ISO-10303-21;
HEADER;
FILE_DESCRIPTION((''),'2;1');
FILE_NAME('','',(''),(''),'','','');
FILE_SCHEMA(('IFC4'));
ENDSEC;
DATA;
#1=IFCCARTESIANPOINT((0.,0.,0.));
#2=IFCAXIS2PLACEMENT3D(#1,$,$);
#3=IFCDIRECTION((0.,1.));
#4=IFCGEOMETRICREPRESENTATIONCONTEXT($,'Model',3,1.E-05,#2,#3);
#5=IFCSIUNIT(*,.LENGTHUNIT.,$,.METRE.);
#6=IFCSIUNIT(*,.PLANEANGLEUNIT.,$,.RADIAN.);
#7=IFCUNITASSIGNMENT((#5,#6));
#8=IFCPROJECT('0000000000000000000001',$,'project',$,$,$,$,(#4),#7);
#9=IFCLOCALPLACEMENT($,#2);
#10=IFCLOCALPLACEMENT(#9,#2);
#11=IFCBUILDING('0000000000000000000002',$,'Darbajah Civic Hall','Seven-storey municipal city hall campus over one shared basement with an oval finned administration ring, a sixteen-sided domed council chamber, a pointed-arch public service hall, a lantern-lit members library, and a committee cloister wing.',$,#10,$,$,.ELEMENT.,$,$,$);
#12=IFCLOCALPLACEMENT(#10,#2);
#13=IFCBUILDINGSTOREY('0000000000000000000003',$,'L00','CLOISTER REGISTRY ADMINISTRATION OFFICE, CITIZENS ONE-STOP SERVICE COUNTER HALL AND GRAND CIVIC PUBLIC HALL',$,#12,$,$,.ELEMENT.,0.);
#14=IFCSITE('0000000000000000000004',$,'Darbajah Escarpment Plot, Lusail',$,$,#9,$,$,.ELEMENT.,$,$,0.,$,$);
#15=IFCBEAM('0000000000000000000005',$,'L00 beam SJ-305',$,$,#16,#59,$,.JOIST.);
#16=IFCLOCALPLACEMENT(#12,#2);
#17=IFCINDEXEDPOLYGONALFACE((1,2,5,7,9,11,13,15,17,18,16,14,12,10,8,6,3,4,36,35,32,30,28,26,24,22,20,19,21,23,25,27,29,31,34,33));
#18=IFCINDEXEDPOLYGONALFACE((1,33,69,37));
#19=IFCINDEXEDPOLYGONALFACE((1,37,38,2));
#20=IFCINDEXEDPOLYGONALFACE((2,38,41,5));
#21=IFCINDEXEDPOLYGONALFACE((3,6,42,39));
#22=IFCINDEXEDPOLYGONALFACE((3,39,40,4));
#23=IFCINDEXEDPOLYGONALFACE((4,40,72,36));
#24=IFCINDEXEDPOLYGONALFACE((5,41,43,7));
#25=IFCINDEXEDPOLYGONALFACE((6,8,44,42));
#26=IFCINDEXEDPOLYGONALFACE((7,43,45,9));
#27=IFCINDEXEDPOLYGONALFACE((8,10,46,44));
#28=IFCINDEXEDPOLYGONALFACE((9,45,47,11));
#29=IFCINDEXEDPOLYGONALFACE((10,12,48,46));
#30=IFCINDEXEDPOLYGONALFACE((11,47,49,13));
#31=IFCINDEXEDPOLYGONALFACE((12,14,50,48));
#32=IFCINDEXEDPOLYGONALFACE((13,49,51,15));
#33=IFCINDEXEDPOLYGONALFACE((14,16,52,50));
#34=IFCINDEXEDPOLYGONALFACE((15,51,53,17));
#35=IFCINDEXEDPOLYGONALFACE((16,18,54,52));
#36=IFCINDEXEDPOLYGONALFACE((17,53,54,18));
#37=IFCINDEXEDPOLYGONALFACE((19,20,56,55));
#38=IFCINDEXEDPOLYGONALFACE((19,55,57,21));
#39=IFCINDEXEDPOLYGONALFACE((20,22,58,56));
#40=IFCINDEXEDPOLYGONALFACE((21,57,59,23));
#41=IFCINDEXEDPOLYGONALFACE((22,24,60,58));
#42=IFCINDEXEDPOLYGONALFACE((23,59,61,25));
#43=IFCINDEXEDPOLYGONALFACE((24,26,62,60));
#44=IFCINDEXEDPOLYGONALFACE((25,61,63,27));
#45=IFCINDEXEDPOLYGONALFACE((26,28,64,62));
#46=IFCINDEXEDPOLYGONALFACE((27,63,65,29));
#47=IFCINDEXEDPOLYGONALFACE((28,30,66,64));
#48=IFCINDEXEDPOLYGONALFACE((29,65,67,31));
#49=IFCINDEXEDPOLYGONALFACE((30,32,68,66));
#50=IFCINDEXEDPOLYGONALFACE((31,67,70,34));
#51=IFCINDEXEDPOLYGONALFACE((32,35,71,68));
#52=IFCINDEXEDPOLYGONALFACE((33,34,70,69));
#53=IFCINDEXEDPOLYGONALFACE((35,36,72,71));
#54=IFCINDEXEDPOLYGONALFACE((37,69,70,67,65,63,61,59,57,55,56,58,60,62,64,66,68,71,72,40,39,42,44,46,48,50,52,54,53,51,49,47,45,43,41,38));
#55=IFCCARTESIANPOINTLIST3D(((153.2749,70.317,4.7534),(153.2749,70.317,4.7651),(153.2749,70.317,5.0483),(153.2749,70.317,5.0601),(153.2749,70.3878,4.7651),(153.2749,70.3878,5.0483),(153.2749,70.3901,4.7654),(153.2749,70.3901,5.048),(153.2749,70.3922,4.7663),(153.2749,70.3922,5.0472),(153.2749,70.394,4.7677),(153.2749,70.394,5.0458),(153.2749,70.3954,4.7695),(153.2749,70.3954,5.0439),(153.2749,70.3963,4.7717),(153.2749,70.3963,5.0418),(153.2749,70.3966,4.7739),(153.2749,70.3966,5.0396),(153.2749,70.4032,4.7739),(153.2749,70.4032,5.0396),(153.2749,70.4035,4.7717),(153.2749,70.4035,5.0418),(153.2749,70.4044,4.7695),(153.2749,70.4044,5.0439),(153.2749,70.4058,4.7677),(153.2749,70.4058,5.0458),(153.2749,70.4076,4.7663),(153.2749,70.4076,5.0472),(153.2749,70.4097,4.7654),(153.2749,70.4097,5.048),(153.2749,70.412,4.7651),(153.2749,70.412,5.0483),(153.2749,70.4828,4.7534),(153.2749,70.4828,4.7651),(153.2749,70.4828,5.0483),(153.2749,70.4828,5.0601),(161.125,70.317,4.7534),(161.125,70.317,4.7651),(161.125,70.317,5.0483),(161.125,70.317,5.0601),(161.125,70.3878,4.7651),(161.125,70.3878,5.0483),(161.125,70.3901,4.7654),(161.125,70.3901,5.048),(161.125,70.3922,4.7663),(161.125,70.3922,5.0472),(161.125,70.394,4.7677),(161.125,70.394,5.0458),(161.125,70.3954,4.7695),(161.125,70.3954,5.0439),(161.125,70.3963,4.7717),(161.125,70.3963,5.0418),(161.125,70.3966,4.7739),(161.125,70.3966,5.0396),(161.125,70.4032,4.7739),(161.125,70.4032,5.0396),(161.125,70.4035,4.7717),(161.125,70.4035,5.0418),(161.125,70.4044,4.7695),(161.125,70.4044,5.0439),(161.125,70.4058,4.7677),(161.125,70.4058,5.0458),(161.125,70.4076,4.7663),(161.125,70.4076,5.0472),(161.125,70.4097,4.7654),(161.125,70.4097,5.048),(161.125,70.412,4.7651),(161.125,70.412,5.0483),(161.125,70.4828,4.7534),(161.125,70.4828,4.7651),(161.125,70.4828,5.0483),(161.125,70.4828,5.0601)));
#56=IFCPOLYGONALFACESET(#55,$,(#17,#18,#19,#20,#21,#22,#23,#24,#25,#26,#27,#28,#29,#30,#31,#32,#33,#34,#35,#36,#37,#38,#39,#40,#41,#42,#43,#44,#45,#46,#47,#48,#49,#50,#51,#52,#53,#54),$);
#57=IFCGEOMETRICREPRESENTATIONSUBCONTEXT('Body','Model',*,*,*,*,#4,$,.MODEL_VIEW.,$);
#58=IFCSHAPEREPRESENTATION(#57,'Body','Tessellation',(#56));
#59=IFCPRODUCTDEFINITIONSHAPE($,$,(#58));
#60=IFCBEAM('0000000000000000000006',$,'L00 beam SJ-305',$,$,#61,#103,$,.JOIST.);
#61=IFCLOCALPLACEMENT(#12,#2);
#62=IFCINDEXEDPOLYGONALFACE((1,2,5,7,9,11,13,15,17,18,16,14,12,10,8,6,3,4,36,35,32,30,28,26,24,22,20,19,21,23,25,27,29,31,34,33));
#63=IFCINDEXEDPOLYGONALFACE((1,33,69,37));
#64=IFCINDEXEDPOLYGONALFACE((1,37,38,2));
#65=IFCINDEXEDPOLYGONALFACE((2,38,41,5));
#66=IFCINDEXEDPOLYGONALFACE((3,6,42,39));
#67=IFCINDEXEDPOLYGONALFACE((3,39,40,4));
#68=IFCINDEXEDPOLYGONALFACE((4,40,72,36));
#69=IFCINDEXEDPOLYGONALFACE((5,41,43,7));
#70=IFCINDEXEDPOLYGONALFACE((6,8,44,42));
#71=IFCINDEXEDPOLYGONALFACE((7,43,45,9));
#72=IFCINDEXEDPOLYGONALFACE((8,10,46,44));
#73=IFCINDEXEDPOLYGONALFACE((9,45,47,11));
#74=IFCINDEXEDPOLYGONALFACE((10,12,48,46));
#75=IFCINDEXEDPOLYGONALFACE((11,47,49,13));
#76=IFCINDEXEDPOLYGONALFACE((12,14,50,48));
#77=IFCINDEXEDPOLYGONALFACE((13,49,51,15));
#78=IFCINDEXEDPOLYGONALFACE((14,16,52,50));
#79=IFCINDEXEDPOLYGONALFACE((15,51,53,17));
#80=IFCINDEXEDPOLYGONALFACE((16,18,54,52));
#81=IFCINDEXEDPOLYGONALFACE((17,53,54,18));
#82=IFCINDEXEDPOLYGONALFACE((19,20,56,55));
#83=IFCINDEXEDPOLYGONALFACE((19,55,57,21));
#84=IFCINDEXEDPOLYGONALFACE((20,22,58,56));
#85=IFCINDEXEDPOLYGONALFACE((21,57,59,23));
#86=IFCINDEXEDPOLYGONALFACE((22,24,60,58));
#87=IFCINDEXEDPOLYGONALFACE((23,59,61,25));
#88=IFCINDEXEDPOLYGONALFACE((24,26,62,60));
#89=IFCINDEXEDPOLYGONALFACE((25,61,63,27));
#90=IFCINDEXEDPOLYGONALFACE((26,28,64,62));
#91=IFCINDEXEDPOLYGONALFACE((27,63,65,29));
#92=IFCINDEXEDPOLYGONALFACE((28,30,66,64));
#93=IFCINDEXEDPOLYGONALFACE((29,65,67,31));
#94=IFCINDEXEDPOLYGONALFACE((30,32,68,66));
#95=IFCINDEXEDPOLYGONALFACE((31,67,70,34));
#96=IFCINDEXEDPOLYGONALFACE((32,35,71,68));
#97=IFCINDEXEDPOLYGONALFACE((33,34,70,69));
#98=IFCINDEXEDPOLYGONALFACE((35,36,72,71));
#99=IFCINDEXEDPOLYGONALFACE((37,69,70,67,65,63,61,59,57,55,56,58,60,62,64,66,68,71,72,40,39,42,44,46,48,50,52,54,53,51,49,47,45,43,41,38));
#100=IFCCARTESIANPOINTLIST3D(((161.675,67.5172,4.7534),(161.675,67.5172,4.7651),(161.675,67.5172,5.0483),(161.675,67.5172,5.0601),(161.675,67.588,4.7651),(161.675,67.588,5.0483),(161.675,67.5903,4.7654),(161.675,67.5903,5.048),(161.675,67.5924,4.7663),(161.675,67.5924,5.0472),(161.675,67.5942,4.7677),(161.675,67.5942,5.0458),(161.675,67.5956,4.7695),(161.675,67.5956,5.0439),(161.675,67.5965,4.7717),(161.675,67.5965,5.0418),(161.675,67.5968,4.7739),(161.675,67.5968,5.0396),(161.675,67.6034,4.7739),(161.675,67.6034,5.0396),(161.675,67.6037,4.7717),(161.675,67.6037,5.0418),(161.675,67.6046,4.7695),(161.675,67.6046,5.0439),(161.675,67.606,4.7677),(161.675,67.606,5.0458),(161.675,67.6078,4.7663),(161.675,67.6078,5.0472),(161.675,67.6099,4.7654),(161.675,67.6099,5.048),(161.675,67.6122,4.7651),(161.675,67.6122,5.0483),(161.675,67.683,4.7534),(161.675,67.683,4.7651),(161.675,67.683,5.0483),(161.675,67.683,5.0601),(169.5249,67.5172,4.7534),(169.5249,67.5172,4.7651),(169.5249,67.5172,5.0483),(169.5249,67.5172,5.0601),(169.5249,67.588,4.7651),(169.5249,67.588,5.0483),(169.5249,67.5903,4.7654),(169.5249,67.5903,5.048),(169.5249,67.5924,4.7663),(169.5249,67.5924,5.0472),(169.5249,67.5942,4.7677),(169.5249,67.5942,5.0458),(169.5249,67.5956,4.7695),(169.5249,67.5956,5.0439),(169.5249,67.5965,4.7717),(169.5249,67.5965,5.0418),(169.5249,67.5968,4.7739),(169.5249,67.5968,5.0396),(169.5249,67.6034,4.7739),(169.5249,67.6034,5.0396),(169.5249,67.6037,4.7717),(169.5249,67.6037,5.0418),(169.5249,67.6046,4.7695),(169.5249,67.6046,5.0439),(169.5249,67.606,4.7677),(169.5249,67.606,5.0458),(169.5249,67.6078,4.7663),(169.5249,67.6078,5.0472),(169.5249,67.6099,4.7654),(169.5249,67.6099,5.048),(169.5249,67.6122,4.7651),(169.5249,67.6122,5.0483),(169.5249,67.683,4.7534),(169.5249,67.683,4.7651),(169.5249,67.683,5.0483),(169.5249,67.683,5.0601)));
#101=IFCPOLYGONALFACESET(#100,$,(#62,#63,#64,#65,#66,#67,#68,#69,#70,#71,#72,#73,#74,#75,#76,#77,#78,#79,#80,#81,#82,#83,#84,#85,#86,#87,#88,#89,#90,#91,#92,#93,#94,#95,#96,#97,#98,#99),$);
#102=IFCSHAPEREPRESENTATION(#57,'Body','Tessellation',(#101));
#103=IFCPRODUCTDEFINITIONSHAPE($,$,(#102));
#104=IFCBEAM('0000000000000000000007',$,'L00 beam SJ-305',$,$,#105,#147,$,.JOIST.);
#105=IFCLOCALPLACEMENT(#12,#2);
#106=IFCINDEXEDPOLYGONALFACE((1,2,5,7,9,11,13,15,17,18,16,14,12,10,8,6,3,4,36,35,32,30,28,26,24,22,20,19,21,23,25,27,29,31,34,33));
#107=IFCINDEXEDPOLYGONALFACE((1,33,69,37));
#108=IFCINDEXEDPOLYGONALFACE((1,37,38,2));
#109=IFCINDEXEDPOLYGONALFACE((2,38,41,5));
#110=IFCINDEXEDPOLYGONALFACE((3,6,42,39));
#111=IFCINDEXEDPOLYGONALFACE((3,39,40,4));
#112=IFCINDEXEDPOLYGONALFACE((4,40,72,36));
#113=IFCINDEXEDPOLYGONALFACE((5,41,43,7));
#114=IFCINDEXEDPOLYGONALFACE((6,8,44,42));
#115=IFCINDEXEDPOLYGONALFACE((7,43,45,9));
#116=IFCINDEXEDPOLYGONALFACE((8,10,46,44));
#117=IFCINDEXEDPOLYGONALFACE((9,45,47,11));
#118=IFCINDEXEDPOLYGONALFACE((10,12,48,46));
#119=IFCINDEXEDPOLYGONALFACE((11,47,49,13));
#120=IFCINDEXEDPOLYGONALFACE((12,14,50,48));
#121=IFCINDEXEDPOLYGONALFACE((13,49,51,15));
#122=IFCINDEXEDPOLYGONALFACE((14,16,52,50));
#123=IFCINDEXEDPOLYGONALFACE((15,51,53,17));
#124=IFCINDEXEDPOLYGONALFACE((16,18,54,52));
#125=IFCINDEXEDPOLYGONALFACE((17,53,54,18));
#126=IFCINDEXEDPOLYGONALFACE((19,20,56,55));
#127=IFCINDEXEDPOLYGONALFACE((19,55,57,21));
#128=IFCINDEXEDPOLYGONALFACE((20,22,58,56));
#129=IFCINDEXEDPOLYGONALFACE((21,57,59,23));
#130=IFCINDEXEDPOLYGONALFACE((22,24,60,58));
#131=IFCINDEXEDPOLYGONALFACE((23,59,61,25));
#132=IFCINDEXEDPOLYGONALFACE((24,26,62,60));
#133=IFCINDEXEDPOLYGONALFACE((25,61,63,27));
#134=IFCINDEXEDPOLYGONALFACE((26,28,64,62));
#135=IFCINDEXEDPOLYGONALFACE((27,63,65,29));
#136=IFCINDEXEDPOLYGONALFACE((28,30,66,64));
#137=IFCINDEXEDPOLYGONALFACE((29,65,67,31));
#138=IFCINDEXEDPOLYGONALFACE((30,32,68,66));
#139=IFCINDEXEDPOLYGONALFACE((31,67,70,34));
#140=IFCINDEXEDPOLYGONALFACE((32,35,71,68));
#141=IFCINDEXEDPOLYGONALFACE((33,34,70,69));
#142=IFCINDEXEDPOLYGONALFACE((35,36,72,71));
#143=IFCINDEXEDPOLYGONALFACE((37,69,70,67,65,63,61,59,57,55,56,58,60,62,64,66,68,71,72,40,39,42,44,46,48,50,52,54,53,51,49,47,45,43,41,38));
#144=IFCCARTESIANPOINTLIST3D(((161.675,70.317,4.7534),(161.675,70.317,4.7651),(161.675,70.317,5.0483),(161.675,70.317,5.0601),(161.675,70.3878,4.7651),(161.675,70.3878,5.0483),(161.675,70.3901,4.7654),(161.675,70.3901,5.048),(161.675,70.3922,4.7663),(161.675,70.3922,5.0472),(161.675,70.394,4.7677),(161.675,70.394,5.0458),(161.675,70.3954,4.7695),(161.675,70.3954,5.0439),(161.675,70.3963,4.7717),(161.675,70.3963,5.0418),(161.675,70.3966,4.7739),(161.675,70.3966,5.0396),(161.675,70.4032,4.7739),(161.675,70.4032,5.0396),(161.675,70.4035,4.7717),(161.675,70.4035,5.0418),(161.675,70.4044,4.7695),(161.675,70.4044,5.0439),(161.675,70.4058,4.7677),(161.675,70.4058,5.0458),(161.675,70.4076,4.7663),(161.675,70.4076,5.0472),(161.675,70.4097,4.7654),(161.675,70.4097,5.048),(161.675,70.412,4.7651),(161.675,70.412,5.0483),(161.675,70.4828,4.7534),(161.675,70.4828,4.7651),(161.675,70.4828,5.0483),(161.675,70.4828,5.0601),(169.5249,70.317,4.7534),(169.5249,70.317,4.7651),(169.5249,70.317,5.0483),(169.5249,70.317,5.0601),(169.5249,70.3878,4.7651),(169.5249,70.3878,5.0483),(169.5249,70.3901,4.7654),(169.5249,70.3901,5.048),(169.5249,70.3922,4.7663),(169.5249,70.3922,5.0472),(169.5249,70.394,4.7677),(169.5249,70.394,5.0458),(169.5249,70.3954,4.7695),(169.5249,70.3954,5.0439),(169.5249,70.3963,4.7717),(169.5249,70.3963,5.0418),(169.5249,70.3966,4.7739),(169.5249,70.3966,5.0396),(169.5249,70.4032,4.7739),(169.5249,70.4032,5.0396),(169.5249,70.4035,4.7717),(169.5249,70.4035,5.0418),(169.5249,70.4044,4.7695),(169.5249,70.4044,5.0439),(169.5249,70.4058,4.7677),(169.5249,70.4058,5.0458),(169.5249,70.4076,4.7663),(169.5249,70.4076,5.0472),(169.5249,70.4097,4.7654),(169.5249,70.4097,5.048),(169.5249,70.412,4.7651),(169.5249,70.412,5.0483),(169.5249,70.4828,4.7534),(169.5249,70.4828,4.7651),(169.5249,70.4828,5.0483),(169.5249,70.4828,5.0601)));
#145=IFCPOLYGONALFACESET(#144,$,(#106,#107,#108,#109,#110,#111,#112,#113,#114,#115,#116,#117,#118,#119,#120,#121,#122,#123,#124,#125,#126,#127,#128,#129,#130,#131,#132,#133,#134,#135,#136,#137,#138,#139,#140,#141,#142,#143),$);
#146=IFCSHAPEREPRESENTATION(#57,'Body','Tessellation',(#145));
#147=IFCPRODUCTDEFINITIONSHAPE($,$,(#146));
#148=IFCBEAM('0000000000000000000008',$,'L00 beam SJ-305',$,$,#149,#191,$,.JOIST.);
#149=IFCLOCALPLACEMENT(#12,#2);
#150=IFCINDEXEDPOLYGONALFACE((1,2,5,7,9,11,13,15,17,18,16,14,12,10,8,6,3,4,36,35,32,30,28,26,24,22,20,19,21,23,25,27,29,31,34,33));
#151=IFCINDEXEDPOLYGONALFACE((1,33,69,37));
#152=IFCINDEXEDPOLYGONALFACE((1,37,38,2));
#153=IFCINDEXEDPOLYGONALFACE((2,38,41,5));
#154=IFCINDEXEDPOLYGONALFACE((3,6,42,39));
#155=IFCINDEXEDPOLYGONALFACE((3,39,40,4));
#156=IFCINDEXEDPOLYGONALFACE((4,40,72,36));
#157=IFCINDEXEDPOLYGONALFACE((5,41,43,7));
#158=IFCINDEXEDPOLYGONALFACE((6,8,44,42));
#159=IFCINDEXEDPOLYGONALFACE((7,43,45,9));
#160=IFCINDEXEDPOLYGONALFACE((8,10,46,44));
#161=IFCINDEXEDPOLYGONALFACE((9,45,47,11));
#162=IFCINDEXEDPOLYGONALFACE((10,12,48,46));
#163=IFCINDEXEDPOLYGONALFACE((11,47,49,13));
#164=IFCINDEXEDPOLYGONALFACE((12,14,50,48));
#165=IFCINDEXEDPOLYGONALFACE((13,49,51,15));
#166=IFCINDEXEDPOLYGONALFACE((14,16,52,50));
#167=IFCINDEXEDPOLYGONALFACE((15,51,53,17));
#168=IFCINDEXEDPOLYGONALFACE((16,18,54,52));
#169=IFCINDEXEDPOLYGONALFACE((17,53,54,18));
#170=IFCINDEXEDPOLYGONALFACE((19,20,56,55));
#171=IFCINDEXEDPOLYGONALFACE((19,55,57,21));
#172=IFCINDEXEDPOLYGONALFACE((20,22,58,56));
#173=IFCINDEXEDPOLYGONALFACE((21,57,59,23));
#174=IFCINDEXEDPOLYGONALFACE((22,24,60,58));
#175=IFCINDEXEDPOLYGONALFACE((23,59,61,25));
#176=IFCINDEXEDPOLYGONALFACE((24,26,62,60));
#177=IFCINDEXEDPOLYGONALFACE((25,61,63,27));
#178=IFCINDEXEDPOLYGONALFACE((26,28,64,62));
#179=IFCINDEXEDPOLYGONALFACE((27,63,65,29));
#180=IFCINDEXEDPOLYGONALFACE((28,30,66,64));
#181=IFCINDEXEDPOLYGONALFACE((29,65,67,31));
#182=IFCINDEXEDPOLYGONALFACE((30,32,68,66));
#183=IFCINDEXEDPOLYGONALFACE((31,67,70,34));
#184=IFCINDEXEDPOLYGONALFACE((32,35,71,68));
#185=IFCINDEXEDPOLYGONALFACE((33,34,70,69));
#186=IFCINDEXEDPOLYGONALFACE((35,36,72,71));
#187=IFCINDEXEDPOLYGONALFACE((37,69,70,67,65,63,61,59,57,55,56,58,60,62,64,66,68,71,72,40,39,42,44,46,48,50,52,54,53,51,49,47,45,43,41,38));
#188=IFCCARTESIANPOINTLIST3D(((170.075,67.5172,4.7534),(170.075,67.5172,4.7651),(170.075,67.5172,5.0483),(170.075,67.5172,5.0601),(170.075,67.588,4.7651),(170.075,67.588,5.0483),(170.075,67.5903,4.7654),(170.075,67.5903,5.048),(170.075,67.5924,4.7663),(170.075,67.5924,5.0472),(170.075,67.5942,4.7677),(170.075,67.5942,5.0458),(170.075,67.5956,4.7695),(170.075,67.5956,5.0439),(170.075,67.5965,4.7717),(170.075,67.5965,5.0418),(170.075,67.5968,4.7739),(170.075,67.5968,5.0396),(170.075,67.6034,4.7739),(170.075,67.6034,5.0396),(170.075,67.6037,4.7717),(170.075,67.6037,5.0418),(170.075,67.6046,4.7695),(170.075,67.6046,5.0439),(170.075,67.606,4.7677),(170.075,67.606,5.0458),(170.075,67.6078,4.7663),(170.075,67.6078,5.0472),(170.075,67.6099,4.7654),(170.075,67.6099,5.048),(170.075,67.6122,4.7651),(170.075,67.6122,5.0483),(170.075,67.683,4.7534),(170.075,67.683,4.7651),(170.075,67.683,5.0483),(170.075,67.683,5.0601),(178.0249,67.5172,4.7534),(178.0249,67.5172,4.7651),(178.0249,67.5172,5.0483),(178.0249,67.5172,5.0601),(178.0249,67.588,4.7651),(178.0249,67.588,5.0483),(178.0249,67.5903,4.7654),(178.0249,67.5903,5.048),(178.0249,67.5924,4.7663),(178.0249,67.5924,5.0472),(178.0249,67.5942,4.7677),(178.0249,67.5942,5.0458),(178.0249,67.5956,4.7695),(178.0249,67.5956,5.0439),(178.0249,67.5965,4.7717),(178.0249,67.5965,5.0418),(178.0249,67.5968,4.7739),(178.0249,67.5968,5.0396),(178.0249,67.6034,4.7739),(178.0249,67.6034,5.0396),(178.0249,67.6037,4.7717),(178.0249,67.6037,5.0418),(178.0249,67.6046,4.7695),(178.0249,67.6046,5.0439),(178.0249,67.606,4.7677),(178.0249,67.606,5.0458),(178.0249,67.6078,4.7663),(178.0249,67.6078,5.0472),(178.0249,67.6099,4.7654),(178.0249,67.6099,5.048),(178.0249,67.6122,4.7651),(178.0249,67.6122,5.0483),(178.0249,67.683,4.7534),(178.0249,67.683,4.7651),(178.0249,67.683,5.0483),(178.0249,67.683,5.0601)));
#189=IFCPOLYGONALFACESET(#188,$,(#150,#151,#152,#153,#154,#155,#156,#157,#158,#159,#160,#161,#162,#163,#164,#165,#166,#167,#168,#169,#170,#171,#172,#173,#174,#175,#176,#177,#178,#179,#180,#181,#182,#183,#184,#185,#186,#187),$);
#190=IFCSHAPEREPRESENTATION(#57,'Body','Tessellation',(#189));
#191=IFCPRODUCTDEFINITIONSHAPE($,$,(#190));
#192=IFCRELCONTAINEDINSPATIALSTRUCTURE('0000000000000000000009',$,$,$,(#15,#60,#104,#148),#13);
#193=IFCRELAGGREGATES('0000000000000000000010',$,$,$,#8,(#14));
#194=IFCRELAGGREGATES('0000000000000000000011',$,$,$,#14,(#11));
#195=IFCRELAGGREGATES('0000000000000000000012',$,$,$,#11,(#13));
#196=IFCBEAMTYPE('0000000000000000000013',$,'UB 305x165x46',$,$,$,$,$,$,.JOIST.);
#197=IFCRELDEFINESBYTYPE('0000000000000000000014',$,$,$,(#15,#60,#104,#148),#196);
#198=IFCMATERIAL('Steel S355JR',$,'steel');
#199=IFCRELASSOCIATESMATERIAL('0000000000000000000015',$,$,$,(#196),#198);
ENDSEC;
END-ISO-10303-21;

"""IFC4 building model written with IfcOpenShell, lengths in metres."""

from ifc_helpers import new_model, si_unit, direction, frame, origin, origin_2d, place, context, subcontext, project, spatial, i_section, extrude, material, material_profile, profile_set, type_object, element, save


model = new_model("IFC4")

# Units and contexts
model_context = context("Model", 3, precision=1e-05, world=origin(), true_north=direction((0.0, 1.0)))
body_context = subcontext(model_context, "Body", "Model", "MODEL_VIEW")
ifc_project = project(units=[si_unit("LENGTHUNIT", "METRE"), si_unit("PLANEANGLEUNIT", "RADIAN")], contexts=[model_context])

# Site, building, storey
site_placement = place(None, origin())
site = spatial("IfcSite", under=ifc_project, at=site_placement, Name="Darbajah Escarpment Plot, Lusail", CompositionType="ELEMENT", RefElevation=0.0)
building_placement = place(site_placement, origin())
building = spatial("IfcBuilding", under=site, at=building_placement, Name="Darbajah Civic Hall", Description="Seven-storey municipal city hall campus over one shared basement with an oval finned administration ring, a sixteen-sided domed council chamber, a pointed-arch public service hall, a lantern-lit members library, and a committee cloister wing.", CompositionType="ELEMENT")
storey_placement = place(building_placement, origin())
storey = spatial("IfcBuildingStorey", under=building, at=storey_placement, Name="L00", Description="CLOISTER REGISTRY ADMINISTRATION OFFICE, CITIZENS ONE-STOP SERVICE COUNTER HALL AND GRAND CIVIC PUBLIC HALL", CompositionType="ELEMENT", Elevation=0.0)

# Beams
ifc_material_1 = material(Name="Steel S355JR", Category="steel")
ifc_material_profile_1 = material_profile(ifc_material_1, i_section(OverallWidth=0.1658, OverallDepth=0.3066, WebThickness=0.0066, FlangeThickness=0.0117, FilletRadius=0.0088, at=origin_2d()), Name="UB 305x165x46")
ifc_profile_set_1 = profile_set([ifc_material_profile_1], Name="Steel S355JR")
beam_type_1 = type_object("IfcBeamType", Name="UB 305x165x46", PredefinedType="JOIST", material=ifc_profile_set_1)
beam_1_placement = place(storey_placement, frame((153.2749, 70.3999, 4.9067), z_axis=(1.0, 0.0, 0.0), x_axis=(0.0, 1.0, 0.0)))
element("IfcBeam", 1, at=beam_1_placement, inside=storey, type_object=beam_type_1, Name="L00 beam SJ-305", PredefinedType="JOIST", context=body_context, shape_type="SweptSolid", body=[
    extrude(i_section(OverallWidth=0.1658, OverallDepth=0.3066, WebThickness=0.0066, FlangeThickness=0.0117, FilletRadius=0.0088, at=origin_2d()), origin(), (0.0, 0.0, 1.0), 7.8501),
])
for number, where, z_axis, x_axis, name in (
    (2, (161.675, 67.6001, 4.9067), (1.0, 0.0, 0.0), (0.0, 1.0, 0.0), "L00 beam SJ-305"),
    (3, (161.675, 70.3999, 4.9067), (1.0, 0.0, 0.0), (0.0, 1.0, 0.0), "L00 beam SJ-305"),
):
    element("IfcBeam", number, at=place(storey_placement, frame(where, z_axis=z_axis, x_axis=x_axis)), inside=storey, type_object=beam_type_1, Name=name, PredefinedType="JOIST", context=body_context, shape_type="SweptSolid", body=[
        extrude(i_section(OverallWidth=0.1658, OverallDepth=0.3066, WebThickness=0.0066, FlangeThickness=0.0117, FilletRadius=0.0088, at=origin_2d()), origin(), (0.0, 0.0, 1.0), 7.8499),
    ])
beam_2_placement = place(storey_placement, frame((170.075, 67.6001, 4.9067), z_axis=(1.0, 0.0, 0.0), x_axis=(0.0, 1.0, 0.0)))
element("IfcBeam", 4, at=beam_2_placement, inside=storey, type_object=beam_type_1, Name="L00 beam SJ-305", PredefinedType="JOIST", context=body_context, shape_type="SweptSolid", body=[
    extrude(i_section(OverallWidth=0.1658, OverallDepth=0.3066, WebThickness=0.0066, FlangeThickness=0.0117, FilletRadius=0.0088, at=origin_2d()), origin(), (0.0, 0.0, 1.0), 7.95),
])

save(model, "model.ifc")
